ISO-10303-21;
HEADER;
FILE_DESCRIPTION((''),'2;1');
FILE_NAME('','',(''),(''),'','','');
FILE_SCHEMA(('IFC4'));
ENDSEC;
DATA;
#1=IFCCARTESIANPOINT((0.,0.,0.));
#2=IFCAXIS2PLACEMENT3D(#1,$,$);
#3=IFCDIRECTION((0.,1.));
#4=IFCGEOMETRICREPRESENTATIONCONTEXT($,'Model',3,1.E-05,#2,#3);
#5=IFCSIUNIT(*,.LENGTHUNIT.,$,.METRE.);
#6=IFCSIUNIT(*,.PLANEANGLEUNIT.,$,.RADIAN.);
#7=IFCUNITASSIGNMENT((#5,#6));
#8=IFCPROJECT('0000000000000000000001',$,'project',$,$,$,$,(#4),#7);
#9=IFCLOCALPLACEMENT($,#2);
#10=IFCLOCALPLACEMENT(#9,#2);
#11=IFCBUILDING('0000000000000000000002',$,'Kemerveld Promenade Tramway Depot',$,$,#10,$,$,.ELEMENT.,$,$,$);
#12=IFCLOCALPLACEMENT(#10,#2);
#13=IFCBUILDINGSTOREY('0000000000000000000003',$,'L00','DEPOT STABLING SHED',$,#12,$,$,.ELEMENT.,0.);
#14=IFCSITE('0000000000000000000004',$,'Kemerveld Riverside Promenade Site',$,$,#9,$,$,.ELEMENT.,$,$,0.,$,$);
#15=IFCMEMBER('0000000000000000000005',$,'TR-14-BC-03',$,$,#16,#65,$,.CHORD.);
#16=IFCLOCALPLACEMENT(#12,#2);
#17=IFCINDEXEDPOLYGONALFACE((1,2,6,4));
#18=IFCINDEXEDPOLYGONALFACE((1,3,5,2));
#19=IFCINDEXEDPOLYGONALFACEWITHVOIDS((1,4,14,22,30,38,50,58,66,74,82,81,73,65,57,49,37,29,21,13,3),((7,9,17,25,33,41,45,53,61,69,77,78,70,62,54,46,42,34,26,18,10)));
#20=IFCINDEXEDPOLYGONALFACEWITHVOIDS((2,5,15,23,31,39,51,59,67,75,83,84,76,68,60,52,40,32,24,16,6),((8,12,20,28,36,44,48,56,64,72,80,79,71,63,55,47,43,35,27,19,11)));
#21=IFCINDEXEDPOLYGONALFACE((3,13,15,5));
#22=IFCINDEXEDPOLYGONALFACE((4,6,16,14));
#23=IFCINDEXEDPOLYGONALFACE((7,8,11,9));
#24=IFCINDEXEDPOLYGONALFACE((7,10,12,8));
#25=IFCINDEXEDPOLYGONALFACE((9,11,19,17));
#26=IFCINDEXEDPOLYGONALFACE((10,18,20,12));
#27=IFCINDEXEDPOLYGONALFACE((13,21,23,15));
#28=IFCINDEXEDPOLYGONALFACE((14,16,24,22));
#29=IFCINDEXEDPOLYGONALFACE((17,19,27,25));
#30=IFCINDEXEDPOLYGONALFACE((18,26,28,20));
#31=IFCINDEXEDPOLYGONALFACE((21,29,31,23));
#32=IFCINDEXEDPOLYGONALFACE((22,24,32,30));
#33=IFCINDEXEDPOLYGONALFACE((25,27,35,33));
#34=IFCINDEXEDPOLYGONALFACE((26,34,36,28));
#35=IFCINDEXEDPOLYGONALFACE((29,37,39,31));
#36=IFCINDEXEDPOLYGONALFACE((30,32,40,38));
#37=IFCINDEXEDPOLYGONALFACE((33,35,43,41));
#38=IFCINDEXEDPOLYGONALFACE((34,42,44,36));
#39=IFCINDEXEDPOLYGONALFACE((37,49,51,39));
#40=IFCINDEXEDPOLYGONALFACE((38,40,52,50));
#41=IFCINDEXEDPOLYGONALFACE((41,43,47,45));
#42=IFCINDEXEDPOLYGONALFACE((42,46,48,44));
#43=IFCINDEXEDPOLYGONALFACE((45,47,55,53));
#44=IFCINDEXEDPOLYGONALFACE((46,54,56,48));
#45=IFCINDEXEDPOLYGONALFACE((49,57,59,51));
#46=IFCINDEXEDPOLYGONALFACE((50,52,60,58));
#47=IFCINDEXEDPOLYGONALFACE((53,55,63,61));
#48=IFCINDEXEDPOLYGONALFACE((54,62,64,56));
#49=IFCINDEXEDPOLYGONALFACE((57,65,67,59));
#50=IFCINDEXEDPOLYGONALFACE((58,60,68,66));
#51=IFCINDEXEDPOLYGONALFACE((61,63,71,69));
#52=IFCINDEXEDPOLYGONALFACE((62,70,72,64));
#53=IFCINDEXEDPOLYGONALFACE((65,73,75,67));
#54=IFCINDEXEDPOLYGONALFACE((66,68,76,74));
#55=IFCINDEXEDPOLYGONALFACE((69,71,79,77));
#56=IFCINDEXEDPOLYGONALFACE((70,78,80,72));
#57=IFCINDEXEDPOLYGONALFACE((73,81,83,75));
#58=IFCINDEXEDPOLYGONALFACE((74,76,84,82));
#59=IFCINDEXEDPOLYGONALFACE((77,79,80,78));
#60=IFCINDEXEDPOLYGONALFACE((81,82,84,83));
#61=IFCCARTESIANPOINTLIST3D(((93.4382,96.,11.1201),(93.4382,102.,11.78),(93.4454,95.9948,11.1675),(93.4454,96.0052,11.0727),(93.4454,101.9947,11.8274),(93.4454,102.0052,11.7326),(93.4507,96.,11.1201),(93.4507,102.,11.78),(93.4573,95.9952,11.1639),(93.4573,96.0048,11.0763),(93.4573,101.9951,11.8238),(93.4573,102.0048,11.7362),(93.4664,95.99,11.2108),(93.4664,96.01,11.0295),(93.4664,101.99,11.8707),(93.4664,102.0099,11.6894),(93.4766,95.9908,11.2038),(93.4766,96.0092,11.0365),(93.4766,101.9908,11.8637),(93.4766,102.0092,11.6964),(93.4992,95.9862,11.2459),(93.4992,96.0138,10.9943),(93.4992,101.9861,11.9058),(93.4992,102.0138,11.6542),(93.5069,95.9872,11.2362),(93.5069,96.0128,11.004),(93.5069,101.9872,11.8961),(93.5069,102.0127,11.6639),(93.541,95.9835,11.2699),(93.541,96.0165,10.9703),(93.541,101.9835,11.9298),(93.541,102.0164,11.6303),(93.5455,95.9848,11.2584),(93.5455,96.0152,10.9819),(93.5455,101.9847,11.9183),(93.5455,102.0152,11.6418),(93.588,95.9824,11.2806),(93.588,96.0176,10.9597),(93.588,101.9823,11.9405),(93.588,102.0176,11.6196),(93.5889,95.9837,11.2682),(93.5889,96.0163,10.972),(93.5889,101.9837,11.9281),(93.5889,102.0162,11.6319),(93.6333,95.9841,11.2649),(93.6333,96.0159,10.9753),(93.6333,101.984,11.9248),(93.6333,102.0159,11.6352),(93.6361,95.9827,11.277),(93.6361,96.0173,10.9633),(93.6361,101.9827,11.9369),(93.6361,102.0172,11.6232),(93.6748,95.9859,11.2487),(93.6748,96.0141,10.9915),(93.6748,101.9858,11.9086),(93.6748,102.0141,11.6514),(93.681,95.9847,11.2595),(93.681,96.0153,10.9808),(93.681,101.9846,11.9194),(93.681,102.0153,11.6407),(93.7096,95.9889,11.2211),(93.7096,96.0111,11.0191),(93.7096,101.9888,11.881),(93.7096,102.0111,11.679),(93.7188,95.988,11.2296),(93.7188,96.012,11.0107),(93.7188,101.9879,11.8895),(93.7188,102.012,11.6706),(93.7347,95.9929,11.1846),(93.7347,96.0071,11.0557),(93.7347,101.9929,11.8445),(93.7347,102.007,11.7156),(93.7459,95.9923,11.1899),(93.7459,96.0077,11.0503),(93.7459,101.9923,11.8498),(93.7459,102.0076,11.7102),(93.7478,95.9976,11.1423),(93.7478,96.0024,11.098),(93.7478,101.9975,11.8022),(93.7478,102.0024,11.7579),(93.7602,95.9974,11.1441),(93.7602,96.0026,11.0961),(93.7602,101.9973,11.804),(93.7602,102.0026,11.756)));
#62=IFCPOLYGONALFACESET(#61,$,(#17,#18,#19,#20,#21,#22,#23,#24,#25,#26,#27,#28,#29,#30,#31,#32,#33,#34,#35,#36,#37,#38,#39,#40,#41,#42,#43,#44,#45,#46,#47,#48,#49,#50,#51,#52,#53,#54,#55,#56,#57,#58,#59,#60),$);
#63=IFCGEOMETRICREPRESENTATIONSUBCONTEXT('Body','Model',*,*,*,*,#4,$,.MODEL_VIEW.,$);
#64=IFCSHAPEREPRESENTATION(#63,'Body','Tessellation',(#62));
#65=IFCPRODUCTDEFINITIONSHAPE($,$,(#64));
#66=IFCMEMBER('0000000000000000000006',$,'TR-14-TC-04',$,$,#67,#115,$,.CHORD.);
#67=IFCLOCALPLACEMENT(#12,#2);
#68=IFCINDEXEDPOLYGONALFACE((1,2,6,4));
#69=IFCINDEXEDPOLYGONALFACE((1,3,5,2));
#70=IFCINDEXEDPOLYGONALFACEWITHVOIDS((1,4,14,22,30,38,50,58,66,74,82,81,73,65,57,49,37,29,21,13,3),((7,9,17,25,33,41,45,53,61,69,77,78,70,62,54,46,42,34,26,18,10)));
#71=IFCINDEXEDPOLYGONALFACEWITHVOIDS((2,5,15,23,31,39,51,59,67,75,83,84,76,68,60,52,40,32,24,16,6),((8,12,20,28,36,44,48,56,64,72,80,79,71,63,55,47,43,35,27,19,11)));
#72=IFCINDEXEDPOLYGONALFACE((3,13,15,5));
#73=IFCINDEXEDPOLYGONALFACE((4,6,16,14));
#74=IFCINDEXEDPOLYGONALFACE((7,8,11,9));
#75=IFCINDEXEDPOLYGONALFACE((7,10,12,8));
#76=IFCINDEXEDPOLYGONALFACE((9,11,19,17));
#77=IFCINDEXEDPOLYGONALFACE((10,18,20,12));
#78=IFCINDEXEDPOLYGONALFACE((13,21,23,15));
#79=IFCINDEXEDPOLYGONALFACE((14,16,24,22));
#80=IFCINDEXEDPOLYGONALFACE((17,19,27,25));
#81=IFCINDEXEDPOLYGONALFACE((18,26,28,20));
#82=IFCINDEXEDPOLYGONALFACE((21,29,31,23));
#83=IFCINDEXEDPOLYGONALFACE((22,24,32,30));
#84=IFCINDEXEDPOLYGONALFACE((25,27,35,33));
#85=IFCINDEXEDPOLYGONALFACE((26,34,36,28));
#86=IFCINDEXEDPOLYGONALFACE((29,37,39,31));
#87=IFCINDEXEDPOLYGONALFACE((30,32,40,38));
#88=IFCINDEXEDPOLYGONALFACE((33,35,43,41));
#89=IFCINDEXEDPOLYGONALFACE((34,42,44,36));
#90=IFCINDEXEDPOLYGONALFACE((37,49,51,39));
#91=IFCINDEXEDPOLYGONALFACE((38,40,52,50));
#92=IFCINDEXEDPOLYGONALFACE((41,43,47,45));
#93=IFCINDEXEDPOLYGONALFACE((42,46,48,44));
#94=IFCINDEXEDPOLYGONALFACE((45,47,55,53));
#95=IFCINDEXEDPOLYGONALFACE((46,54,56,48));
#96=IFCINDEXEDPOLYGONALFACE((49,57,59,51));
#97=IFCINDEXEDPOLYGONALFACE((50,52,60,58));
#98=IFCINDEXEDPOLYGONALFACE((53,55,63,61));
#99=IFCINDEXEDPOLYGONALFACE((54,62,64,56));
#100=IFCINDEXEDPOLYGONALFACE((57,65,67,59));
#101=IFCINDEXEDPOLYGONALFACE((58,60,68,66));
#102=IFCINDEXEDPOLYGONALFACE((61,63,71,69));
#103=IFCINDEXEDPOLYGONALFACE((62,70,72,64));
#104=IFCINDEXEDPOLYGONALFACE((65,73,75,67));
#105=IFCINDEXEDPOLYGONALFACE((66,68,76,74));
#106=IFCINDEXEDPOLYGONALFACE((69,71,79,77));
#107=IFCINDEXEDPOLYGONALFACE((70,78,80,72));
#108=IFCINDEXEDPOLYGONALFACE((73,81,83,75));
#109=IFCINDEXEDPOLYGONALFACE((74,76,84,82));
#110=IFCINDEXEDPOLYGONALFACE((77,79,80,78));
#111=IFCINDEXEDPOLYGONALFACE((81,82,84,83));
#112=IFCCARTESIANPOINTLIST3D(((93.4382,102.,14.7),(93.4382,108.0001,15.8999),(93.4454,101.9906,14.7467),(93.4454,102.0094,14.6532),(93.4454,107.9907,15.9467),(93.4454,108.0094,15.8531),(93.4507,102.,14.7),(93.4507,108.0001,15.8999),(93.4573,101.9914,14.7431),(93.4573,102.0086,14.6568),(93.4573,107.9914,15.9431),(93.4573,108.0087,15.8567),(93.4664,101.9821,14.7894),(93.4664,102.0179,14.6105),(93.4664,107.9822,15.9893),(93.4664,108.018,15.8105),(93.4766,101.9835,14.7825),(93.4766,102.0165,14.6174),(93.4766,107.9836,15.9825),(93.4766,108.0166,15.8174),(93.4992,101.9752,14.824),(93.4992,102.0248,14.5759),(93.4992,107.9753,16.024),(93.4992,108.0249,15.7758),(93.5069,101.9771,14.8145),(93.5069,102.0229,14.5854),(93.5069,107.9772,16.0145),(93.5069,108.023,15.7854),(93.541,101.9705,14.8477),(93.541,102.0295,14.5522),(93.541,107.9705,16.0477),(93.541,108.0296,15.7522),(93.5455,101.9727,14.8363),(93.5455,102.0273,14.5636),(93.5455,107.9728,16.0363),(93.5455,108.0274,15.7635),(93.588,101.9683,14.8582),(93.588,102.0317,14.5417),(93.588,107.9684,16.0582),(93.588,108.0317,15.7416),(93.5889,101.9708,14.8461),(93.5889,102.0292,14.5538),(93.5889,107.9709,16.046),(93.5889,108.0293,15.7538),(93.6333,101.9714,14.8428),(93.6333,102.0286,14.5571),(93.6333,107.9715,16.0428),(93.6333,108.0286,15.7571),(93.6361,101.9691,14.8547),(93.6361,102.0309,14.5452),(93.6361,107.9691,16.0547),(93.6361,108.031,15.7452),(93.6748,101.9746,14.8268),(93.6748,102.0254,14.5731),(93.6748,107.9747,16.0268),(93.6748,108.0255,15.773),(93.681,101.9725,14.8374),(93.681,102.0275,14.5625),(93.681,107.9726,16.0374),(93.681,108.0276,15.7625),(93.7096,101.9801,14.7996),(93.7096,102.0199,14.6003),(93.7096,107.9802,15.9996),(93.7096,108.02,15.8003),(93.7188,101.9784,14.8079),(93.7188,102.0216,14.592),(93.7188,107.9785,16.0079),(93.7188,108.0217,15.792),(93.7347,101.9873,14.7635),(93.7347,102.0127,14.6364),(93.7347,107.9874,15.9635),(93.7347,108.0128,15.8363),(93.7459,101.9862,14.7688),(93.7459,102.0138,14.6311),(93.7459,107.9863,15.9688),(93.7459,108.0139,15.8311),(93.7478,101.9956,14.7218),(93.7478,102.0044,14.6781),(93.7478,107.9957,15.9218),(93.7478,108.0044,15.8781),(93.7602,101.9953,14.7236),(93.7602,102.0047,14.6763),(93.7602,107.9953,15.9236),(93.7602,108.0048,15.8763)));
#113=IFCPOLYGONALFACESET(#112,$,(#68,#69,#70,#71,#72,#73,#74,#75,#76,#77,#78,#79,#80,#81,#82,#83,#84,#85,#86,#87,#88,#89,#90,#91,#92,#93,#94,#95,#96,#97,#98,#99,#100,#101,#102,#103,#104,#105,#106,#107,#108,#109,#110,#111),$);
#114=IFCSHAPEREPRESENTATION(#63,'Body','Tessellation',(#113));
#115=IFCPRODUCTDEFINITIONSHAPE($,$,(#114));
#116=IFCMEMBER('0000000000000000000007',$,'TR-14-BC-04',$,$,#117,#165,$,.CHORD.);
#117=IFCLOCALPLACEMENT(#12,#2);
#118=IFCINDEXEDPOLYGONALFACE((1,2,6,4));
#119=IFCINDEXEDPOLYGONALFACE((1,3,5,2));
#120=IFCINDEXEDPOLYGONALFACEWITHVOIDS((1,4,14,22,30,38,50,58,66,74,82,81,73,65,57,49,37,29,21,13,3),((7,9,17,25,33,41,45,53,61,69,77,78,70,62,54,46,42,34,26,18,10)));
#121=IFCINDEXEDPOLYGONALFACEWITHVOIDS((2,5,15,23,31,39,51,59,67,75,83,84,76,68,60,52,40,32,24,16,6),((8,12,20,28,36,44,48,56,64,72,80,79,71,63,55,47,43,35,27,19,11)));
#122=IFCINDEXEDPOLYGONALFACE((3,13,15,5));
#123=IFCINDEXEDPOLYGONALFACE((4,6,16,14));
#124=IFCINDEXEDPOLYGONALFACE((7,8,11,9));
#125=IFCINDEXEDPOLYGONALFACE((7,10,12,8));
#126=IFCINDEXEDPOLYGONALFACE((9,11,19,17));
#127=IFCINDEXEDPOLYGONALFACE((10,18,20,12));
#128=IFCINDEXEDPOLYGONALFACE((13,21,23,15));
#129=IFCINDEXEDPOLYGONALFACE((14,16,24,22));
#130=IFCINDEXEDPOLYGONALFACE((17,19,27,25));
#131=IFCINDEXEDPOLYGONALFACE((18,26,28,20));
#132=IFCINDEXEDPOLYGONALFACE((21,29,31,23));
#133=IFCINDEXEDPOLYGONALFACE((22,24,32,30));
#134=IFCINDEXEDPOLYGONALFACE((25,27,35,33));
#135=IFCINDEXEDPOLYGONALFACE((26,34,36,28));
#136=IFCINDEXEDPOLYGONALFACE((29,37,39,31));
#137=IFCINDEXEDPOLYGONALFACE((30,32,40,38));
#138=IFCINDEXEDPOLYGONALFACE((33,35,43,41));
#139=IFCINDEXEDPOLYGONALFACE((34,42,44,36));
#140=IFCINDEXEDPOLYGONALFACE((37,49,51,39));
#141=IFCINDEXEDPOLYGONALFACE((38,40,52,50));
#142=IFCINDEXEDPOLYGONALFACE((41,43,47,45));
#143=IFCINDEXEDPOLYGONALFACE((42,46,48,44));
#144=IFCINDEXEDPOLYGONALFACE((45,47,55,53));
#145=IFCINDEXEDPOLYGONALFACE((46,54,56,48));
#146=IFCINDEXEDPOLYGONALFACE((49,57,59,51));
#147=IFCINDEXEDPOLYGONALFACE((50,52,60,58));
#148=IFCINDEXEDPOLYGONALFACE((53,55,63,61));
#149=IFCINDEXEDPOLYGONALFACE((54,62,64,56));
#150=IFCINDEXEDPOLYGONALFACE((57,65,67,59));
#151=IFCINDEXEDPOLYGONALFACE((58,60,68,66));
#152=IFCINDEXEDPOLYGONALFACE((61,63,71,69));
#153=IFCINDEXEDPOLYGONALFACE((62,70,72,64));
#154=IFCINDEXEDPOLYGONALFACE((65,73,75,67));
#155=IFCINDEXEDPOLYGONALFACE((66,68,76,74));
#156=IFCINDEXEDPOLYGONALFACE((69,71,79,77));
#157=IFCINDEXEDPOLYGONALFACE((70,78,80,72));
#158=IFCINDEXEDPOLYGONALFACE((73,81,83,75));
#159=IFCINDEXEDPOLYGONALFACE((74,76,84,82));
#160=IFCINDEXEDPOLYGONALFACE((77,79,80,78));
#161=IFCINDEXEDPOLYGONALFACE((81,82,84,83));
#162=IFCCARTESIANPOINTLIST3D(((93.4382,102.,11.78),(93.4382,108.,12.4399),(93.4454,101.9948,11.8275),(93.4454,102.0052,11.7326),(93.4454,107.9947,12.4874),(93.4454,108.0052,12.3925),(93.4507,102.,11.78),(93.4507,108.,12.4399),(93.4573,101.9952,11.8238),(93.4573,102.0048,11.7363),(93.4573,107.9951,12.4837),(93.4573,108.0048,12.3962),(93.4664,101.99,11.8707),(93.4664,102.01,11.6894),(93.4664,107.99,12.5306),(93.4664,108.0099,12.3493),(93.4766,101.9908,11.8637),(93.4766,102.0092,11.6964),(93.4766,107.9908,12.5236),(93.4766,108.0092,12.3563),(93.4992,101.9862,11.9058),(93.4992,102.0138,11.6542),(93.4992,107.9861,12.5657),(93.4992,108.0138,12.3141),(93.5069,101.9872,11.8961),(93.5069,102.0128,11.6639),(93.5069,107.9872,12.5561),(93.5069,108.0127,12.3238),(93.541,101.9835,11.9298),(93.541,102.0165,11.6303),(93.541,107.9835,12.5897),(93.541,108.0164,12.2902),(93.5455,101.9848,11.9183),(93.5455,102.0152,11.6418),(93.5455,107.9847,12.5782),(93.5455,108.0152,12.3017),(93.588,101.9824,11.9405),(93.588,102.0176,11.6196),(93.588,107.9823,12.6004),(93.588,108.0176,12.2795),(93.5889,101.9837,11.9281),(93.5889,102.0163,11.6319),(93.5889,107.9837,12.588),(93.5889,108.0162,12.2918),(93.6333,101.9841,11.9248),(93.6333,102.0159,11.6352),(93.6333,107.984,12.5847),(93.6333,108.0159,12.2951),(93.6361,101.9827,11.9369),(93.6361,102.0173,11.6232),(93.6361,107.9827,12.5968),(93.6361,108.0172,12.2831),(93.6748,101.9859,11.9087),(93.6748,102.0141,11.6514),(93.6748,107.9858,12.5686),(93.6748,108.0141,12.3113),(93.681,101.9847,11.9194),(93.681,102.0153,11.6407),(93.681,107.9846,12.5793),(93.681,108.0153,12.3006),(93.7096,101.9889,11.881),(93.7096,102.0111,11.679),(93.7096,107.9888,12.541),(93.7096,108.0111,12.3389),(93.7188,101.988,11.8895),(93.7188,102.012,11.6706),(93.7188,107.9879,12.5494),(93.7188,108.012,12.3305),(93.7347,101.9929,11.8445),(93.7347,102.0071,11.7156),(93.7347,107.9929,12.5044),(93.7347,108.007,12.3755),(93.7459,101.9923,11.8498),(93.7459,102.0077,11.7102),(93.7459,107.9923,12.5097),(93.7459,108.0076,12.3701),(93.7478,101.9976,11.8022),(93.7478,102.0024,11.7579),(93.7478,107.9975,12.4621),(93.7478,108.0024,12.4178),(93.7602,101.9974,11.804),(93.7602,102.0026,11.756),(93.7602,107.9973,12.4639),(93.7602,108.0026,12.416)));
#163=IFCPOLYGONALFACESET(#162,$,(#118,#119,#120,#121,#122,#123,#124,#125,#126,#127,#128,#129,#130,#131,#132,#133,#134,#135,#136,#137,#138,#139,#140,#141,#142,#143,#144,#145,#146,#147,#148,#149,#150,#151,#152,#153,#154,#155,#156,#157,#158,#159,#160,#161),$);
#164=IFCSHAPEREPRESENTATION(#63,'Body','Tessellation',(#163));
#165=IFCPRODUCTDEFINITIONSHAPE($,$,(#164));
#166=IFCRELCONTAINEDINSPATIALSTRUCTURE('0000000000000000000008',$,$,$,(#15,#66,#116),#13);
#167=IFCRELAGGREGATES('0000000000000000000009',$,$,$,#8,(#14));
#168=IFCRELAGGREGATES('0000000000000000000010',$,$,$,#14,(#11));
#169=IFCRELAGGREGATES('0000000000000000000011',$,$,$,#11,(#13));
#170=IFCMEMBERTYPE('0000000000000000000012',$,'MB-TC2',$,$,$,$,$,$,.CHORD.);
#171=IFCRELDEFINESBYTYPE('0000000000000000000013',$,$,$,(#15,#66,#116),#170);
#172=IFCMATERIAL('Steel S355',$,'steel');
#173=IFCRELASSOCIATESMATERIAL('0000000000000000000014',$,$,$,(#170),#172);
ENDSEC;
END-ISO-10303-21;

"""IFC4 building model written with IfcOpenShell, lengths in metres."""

from ifc_helpers import new_model, si_unit, direction, frame, origin, origin_2d, place, context, subcontext, project, spatial, hollow_circle, extrude, material, material_profile, profile_set, type_object, element, save


model = new_model("IFC4")

# Units and contexts
model_context = context("Model", 3, precision=1e-05, world=origin(), true_north=direction((0.0, 1.0)))
body_context = subcontext(model_context, "Body", "Model", "MODEL_VIEW")
ifc_project = project(units=[si_unit("LENGTHUNIT", "METRE"), si_unit("PLANEANGLEUNIT", "RADIAN")], contexts=[model_context])

# Site, building, storey
site_placement = place(None, origin())
site = spatial("IfcSite", under=ifc_project, at=site_placement, Name="Kemerveld Riverside Promenade Site", CompositionType="ELEMENT", RefElevation=0.0)
building_placement = place(site_placement, origin())
building = spatial("IfcBuilding", under=site, at=building_placement, Name="Kemerveld Promenade Tramway Depot", CompositionType="ELEMENT")
storey_placement = place(building_placement, origin())
storey = spatial("IfcBuildingStorey", under=building, at=storey_placement, Name="L00", Description="DEPOT STABLING SHED", CompositionType="ELEMENT", Elevation=0.0)

# Members
ifc_material_1 = material(Name="Steel S355", Category="steel")
ifc_material_profile_1 = material_profile(ifc_material_1, hollow_circle(Radius=0.1619, WallThickness=0.0125, at=origin_2d()), Name="323.9x12.5 CHS")
ifc_profile_set_1 = profile_set([ifc_material_profile_1], Name="Steel S355")
member_type_1 = type_object("IfcMemberType", Name="MB-TC2", PredefinedType="CHORD", material=ifc_profile_set_1)
member_1_placement = place(storey_placement, frame((93.6001, 96.0, 11.1201), z_axis=(0.0, 0.994006, 0.109326), x_axis=(-1.0, 0.0, 0.0)))
element("IfcMember", 1, at=member_1_placement, inside=storey, type_object=member_type_1, Name="TR-14-BC-03", PredefinedType="CHORD", context=body_context, shape_type="SweptSolid", body=[
    extrude(hollow_circle(Radius=0.1619, WallThickness=0.0125, at=origin_2d()), origin(), (0.0, 0.0, 1.0), 6.0361),
])
member_2_placement = place(storey_placement, frame((93.6001, 102.0, 14.7), z_axis=(0.0, 0.980582, 0.196108), x_axis=(-1.0, 0.0, 0.0)))
element("IfcMember", 2, at=member_2_placement, inside=storey, type_object=member_type_1, Name="TR-14-TC-04", PredefinedType="CHORD", context=body_context, shape_type="SweptSolid", body=[
    extrude(hollow_circle(Radius=0.1619, WallThickness=0.0125, at=origin_2d()), origin(), (0.0, 0.0, 1.0), 6.1189),
])
member_3_placement = place(storey_placement, frame((93.6001, 102.0, 11.78), z_axis=(0.0, 0.994006, 0.109326), x_axis=(-1.0, 0.0, 0.0)))
element("IfcMember", 3, at=member_3_placement, inside=storey, type_object=member_type_1, Name="TR-14-BC-04", PredefinedType="CHORD", context=body_context, shape_type="SweptSolid", body=[
    extrude(hollow_circle(Radius=0.1619, WallThickness=0.0125, at=origin_2d()), origin(), (0.0, 0.0, 1.0), 6.0361),
])

save(model, "model.ifc")
